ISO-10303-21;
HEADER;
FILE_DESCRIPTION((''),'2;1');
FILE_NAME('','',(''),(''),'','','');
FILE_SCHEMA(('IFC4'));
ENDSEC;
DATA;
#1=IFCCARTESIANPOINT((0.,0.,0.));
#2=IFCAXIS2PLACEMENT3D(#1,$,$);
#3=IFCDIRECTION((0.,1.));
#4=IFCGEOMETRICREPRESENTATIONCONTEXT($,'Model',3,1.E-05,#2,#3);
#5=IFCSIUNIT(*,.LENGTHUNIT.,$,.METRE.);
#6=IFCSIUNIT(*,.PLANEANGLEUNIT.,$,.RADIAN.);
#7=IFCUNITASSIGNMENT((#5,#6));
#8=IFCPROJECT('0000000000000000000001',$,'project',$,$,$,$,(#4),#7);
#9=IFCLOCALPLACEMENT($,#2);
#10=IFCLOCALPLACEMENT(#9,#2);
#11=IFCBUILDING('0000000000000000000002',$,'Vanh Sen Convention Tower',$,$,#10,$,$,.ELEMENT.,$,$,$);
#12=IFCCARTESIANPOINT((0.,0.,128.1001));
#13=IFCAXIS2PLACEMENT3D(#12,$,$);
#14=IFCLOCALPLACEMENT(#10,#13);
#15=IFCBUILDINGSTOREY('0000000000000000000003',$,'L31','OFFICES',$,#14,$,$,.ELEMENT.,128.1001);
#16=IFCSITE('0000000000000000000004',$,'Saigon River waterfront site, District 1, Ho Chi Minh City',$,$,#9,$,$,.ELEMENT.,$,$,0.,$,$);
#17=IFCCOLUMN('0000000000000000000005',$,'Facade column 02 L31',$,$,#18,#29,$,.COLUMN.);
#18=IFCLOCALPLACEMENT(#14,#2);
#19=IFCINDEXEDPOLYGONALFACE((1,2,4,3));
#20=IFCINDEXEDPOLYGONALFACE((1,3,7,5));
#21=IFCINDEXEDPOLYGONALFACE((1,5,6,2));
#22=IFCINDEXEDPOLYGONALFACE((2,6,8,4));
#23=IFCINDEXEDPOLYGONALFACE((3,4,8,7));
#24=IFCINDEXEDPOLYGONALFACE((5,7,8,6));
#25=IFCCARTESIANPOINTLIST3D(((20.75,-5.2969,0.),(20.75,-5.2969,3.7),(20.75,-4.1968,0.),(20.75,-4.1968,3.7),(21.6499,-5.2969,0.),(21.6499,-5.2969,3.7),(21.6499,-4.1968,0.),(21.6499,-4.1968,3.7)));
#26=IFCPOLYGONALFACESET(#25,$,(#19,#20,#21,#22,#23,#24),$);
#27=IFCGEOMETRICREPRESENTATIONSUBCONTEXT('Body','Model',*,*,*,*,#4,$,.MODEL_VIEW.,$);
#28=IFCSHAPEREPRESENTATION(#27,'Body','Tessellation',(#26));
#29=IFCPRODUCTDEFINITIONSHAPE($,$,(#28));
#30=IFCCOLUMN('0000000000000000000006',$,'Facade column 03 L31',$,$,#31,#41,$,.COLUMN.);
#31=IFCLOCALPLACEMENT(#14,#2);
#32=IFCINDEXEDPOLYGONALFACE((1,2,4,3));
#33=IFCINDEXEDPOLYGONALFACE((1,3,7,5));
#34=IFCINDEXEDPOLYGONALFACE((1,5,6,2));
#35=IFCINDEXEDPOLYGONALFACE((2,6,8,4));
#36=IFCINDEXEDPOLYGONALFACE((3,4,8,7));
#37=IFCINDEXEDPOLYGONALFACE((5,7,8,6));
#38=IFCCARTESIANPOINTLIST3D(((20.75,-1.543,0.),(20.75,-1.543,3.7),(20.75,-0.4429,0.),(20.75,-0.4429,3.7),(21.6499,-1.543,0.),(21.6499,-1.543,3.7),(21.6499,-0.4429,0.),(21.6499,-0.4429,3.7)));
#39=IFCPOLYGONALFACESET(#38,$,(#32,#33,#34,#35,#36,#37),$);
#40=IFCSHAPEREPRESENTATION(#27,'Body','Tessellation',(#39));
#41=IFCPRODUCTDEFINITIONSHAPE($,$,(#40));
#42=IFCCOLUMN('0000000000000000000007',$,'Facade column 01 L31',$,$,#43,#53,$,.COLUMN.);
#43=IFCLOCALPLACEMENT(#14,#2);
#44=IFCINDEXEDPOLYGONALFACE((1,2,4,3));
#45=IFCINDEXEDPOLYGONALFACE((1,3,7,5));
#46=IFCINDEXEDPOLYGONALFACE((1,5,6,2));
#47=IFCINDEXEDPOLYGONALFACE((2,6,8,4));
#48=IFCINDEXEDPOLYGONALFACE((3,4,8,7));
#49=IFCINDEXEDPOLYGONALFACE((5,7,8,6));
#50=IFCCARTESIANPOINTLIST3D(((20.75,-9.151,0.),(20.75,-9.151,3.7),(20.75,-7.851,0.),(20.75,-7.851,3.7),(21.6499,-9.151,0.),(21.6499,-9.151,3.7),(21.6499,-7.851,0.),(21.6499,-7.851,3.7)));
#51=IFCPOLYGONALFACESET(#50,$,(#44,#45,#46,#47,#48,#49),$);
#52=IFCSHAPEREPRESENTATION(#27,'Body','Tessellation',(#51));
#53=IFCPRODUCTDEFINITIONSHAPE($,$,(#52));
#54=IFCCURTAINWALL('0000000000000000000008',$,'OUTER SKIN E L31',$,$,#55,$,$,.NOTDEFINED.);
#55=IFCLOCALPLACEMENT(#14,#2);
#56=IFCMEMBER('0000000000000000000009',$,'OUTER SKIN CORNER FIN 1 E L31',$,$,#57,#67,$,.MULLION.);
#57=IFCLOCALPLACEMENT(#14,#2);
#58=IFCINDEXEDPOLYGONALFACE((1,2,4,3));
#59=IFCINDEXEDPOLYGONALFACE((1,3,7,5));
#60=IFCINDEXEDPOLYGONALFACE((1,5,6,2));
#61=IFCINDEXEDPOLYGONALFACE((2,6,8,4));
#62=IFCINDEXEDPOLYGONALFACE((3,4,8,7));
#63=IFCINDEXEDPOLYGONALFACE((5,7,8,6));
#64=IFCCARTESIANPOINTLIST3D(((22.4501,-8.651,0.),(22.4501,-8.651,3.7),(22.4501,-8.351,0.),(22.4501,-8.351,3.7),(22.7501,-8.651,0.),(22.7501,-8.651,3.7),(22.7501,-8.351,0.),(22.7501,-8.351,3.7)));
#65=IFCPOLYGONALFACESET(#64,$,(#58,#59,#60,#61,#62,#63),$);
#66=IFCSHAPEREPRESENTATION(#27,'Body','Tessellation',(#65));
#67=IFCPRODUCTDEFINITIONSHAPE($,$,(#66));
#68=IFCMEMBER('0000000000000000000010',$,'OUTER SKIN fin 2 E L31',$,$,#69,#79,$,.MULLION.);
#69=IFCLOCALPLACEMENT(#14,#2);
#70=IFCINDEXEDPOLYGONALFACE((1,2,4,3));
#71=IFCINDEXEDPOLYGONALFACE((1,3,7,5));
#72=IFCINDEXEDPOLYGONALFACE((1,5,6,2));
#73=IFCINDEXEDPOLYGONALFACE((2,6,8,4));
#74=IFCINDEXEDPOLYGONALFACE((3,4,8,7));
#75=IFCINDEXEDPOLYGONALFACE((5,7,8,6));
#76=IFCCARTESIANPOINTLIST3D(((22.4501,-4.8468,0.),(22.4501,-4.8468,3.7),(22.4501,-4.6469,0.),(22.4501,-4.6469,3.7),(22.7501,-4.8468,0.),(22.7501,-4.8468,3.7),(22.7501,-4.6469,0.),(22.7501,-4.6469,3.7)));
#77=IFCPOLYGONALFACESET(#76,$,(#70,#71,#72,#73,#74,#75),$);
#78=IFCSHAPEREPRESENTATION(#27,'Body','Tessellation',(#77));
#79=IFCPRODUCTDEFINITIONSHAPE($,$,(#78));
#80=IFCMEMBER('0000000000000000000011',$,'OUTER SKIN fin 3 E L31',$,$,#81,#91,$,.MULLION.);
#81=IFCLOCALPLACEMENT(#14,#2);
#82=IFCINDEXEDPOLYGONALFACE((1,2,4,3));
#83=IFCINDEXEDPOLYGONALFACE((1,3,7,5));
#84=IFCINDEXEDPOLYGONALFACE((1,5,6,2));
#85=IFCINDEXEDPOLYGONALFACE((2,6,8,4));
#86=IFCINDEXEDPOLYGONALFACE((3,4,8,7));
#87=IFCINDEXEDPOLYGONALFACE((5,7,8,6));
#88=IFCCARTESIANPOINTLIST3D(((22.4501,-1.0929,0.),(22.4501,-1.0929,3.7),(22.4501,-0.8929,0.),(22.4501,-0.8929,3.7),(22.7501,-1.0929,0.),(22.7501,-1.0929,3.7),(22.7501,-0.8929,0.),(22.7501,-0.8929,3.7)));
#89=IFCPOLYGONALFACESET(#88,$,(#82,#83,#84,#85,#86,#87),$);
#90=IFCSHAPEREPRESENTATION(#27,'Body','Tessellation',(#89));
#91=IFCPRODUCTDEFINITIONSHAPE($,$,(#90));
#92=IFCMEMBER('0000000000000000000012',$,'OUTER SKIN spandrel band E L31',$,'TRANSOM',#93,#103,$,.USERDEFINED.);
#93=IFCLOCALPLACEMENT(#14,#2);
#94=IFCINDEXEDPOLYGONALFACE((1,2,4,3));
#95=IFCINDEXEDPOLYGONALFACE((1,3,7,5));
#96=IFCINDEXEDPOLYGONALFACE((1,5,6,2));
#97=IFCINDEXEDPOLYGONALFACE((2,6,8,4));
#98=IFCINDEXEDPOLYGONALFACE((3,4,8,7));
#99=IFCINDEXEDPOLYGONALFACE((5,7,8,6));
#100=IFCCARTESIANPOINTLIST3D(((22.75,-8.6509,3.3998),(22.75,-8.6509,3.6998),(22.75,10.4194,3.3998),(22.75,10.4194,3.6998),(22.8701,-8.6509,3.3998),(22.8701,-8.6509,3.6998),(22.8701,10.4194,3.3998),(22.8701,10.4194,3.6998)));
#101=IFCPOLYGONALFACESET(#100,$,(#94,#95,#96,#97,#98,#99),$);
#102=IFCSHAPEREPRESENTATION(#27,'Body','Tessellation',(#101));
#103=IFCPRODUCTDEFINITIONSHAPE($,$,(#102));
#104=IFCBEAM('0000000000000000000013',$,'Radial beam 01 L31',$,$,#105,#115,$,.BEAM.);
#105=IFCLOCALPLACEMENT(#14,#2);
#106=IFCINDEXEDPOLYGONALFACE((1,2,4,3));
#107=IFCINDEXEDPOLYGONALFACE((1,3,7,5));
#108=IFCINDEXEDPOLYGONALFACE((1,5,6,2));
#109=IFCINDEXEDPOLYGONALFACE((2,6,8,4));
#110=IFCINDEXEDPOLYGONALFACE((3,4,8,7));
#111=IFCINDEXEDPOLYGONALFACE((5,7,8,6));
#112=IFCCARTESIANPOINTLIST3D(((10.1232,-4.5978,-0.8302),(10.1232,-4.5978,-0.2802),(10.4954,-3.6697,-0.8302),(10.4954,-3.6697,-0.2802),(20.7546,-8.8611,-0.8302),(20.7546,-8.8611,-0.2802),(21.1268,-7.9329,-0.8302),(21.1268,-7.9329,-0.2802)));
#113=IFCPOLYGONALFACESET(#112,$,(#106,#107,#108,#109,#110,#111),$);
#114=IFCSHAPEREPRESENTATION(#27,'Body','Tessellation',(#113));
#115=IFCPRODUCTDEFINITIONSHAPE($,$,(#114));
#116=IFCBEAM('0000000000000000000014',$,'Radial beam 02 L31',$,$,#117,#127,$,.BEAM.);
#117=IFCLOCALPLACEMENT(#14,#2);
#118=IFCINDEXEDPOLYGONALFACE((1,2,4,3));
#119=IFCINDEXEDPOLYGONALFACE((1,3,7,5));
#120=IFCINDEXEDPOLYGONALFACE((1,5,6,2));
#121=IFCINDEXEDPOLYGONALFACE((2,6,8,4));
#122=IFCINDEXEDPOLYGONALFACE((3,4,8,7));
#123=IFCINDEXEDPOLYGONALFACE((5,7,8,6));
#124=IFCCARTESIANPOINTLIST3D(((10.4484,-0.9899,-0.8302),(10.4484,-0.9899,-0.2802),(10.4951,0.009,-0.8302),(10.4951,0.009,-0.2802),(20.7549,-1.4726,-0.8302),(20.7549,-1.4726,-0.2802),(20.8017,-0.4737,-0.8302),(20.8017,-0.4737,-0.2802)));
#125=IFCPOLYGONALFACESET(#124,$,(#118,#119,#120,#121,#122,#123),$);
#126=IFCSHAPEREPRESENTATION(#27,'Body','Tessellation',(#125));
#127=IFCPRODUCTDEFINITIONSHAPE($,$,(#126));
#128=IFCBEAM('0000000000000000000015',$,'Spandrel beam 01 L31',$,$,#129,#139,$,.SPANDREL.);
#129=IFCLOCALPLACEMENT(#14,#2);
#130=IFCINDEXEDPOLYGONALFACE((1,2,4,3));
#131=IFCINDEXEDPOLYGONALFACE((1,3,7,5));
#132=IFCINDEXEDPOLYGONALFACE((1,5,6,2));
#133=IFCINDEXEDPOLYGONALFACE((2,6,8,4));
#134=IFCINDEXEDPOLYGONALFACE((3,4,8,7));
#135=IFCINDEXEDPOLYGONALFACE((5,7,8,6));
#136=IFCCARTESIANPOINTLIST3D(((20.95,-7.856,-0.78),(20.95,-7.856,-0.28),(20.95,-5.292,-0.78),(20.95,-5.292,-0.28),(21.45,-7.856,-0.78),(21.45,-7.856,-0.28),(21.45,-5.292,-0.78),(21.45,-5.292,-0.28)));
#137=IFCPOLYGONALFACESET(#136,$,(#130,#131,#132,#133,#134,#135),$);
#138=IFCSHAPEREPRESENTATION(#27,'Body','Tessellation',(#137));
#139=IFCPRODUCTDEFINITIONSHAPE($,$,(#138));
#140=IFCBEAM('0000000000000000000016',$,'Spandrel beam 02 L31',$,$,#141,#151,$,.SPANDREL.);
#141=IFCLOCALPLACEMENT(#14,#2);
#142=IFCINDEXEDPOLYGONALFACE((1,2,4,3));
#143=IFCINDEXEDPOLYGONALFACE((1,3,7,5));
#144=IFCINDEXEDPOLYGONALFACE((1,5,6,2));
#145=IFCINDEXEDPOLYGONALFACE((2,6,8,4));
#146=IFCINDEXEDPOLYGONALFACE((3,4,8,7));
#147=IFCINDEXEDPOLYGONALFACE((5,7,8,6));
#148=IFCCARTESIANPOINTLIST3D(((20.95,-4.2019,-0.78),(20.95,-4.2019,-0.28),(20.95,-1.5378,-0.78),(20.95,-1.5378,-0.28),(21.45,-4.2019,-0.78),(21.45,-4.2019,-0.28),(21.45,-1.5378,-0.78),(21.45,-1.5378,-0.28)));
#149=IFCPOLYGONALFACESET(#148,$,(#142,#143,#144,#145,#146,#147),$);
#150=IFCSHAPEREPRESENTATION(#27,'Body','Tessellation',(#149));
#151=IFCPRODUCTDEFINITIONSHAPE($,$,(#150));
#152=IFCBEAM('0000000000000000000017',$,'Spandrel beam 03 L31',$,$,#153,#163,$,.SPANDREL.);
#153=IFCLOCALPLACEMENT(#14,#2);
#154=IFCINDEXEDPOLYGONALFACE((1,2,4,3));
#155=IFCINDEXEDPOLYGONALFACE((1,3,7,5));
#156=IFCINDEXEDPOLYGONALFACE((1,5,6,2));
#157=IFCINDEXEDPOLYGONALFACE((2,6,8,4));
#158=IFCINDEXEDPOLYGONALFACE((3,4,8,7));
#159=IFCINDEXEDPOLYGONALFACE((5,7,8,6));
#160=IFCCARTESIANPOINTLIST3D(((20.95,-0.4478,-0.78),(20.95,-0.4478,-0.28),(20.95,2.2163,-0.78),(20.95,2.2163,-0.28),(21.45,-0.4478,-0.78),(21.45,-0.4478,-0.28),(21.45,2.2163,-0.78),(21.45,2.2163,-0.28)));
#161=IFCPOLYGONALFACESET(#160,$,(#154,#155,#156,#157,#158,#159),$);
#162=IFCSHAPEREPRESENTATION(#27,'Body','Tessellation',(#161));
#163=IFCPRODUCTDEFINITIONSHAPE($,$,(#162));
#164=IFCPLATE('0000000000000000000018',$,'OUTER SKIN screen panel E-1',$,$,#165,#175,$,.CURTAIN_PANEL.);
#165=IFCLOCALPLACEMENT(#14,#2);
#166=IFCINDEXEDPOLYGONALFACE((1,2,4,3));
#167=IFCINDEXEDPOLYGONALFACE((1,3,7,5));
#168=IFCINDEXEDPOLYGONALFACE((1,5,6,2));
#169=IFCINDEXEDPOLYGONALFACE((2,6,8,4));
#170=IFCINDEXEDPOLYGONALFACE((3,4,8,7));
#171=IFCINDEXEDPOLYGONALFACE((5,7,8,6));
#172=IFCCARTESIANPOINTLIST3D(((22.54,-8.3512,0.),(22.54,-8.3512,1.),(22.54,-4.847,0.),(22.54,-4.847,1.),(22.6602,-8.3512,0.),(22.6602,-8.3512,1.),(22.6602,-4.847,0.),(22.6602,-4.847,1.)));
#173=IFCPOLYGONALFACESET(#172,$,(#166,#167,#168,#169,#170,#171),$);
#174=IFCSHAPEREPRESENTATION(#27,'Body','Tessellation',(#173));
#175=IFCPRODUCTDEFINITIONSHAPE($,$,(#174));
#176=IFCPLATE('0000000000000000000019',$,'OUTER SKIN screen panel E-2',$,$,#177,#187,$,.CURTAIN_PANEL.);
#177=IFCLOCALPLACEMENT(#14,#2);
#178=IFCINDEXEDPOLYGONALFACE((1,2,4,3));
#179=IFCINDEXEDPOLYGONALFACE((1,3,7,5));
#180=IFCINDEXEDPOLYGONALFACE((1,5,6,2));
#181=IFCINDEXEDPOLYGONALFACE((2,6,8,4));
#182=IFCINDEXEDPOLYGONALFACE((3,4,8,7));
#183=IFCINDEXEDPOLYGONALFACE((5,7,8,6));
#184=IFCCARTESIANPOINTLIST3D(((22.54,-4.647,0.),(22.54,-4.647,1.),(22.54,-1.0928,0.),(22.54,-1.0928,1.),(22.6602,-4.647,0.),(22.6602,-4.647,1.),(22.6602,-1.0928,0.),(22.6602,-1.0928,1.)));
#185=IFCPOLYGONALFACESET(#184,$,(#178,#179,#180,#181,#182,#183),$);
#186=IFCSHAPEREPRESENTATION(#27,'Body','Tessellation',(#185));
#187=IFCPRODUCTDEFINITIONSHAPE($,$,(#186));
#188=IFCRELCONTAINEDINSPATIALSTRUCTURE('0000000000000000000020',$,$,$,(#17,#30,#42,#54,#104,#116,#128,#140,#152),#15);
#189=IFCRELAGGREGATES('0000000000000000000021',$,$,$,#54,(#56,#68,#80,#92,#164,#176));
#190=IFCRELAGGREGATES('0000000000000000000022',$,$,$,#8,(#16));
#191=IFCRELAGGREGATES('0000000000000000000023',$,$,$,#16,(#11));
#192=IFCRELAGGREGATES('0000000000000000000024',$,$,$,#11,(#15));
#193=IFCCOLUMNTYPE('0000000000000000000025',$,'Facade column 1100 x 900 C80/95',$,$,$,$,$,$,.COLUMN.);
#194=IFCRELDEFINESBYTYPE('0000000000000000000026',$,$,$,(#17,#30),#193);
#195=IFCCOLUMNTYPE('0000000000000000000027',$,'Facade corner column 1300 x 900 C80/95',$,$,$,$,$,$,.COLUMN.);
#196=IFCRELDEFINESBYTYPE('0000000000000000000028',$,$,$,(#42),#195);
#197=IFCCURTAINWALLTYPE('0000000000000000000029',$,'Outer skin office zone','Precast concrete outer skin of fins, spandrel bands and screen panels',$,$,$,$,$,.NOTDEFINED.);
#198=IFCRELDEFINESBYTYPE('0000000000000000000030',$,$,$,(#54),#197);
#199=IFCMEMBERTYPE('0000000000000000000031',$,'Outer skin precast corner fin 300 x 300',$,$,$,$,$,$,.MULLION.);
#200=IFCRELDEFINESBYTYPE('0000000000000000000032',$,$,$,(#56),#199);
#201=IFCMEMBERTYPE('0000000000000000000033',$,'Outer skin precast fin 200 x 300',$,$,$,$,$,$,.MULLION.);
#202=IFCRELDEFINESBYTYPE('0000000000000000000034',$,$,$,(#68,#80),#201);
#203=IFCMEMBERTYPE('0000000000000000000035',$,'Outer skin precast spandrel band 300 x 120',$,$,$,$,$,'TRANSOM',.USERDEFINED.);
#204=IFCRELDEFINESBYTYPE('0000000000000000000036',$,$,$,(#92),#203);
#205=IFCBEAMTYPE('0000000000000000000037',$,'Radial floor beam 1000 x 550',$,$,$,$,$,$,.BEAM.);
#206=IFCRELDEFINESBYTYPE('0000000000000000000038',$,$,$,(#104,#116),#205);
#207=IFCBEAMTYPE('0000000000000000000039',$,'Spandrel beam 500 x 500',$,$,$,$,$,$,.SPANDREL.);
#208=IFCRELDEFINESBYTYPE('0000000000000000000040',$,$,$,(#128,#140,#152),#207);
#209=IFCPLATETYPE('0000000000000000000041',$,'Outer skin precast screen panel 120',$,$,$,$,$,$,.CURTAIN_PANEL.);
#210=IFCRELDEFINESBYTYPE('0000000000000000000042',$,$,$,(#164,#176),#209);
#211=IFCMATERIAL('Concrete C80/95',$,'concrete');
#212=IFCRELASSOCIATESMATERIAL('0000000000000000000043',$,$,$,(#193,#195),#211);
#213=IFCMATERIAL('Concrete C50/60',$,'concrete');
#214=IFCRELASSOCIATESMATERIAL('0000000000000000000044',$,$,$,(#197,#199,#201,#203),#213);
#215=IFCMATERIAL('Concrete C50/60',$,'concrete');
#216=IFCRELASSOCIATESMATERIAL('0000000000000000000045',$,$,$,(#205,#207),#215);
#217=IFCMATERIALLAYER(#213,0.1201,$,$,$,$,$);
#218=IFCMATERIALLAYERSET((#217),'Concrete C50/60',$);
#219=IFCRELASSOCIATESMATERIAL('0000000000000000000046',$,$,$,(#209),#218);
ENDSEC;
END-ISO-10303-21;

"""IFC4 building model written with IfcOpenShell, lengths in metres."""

from ifc_helpers import new_model, si_unit, direction, frame, origin, origin_2d, place, context, subcontext, project, spatial, rectangle, extrude, material, layer, layer_set, material_profile, profile_set, type_object, element, aggregate, save


model = new_model("IFC4")

# Units and contexts
model_context = context("Model", 3, precision=1e-05, world=origin(), true_north=direction((0.0, 1.0)))
body_context = subcontext(model_context, "Body", "Model", "MODEL_VIEW")
ifc_project = project(units=[si_unit("LENGTHUNIT", "METRE"), si_unit("PLANEANGLEUNIT", "RADIAN")], contexts=[model_context])

# Site, building, storey
site_placement = place(None, origin())
site = spatial("IfcSite", under=ifc_project, at=site_placement, Name="Saigon River waterfront site, District 1, Ho Chi Minh City", CompositionType="ELEMENT", RefElevation=0.0)
building_placement = place(site_placement, origin())
building = spatial("IfcBuilding", under=site, at=building_placement, Name="Vanh Sen Convention Tower", CompositionType="ELEMENT")
storey_placement = place(building_placement, frame((0.0, 0.0, 128.1001)))
storey = spatial("IfcBuildingStorey", under=building, at=storey_placement, Name="L31", Description="OFFICES", CompositionType="ELEMENT", Elevation=128.1001)

# Columns
ifc_material_1 = material(Name="Concrete C80/95", Category="concrete")
ifc_material_profile_1 = material_profile(ifc_material_1, rectangle(XDim=1.1001, YDim=0.8999, at=origin_2d()), Name="RC 1100X900")
ifc_profile_set_1 = profile_set([ifc_material_profile_1], Name="Concrete C80/95")
column_type_1 = type_object("IfcColumnType", Name="Facade column 1100 x 900 C80/95", PredefinedType="COLUMN", material=ifc_profile_set_1)
for number, where, z_axis, x_axis, name in (
    (1, (21.2, -4.7468, 0.0), (0.0, 0.0, 1.0), (0.0, 1.0, 0.0), "Facade column 02 L31"),
    (2, (21.2, -0.9929, 0.0), (0.0, 0.0, 1.0), (0.0, 1.0, 0.0), "Facade column 03 L31"),
):
    element("IfcColumn", number, at=place(storey_placement, frame(where, z_axis=z_axis, x_axis=x_axis)), inside=storey, type_object=column_type_1, Name=name, PredefinedType="COLUMN", context=body_context, shape_type="SweptSolid", body=[
        extrude(rectangle(XDim=1.1001, YDim=0.8999, at=origin_2d()), origin(), (0.0, 0.0, 1.0), 3.7),
    ])
ifc_material_profile_2 = material_profile(ifc_material_1, rectangle(XDim=1.3, YDim=0.8999, at=origin_2d()), Name="RC 1300X900")
ifc_profile_set_2 = profile_set([ifc_material_profile_2], Name="Concrete C80/95")
column_type_2 = type_object("IfcColumnType", Name="Facade corner column 1300 x 900 C80/95", PredefinedType="COLUMN", material=ifc_profile_set_2)
column_placement = place(storey_placement, frame((21.2, -8.501, 0.0), z_axis=(0.0, 0.0, 1.0), x_axis=(0.0, 1.0, 0.0)))
element("IfcColumn", 3, at=column_placement, inside=storey, type_object=column_type_2, Name="Facade column 01 L31", PredefinedType="COLUMN", context=body_context, shape_type="SweptSolid", body=[
    extrude(rectangle(XDim=1.3, YDim=0.8999, at=origin_2d()), origin(), (0.0, 0.0, 1.0), 3.7),
])

# Curtain wall, members
ifc_material_2 = material(Name="Concrete C50/60", Category="concrete")
curtain_wall_type = type_object("IfcCurtainWallType", Name="Outer skin office zone", Description="Precast concrete outer skin of fins, spandrel bands and screen panels", PredefinedType="NOTDEFINED", material=ifc_material_2)
curtain_wall_placement = place(storey_placement, origin())
curtain_wall = element("IfcCurtainWall", 4, at=curtain_wall_placement, inside=storey, type_object=curtain_wall_type, Name="OUTER SKIN E L31", PredefinedType="NOTDEFINED")
ifc_material_profile_3 = material_profile(ifc_material_2, rectangle(XDim=0.3, YDim=0.3, at=origin_2d()), Name="Outer skin precast corner fin 300 x 300")
ifc_profile_set_3 = profile_set([ifc_material_profile_3], Name="Concrete C50/60")
member_type_1 = type_object("IfcMemberType", Name="Outer skin precast corner fin 300 x 300", PredefinedType="MULLION", material=ifc_profile_set_3)
member_1_placement = place(storey_placement, frame((22.6001, -8.501, 0.0), z_axis=(0.0, 0.0, 1.0), x_axis=(0.0, 1.0, 0.0)))
member_1 = element("IfcMember", 5, at=member_1_placement, type_object=member_type_1, Name="OUTER SKIN CORNER FIN 1 E L31", PredefinedType="MULLION", context=body_context, shape_type="SweptSolid", body=[
    extrude(rectangle(XDim=0.3, YDim=0.3, at=origin_2d()), origin(), (0.0, 0.0, 1.0), 3.7),
])
ifc_material_profile_4 = material_profile(ifc_material_2, rectangle(XDim=0.2, YDim=0.3, at=origin_2d()), Name="Outer skin precast fin 200 x 300")
ifc_profile_set_4 = profile_set([ifc_material_profile_4], Name="Concrete C50/60")
member_type_2 = type_object("IfcMemberType", Name="Outer skin precast fin 200 x 300", PredefinedType="MULLION", material=ifc_profile_set_4)
member_2_placement = place(storey_placement, frame((22.6001, -4.7468, 0.0), z_axis=(0.0, 0.0, 1.0), x_axis=(0.0, 1.0, 0.0)))
member_2 = element("IfcMember", 6, at=member_2_placement, type_object=member_type_2, Name="OUTER SKIN fin 2 E L31", PredefinedType="MULLION", context=body_context, shape_type="SweptSolid", body=[
    extrude(rectangle(XDim=0.2, YDim=0.3, at=origin_2d()), origin(), (0.0, 0.0, 1.0), 3.7),
])
member_3_placement = place(storey_placement, frame((22.6001, -0.9929, 0.0), z_axis=(0.0, 0.0, 1.0), x_axis=(0.0, 1.0, 0.0)))
member_3 = element("IfcMember", 7, at=member_3_placement, type_object=member_type_2, Name="OUTER SKIN fin 3 E L31", PredefinedType="MULLION", context=body_context, shape_type="SweptSolid", body=[
    extrude(rectangle(XDim=0.2, YDim=0.3, at=origin_2d()), origin(), (0.0, 0.0, 1.0), 3.7),
])
ifc_material_profile_5 = material_profile(ifc_material_2, rectangle(XDim=0.1201, YDim=0.3, at=origin_2d()), Name="Outer skin precast spandrel band 300 x 120")
ifc_profile_set_5 = profile_set([ifc_material_profile_5], Name="Concrete C50/60")
member_type_3 = type_object("IfcMemberType", Name="Outer skin precast spandrel band 300 x 120", ElementType="TRANSOM", PredefinedType="USERDEFINED", material=ifc_profile_set_5)
member_4_placement = place(storey_placement, frame((22.8101, -8.6509, 3.5498), z_axis=(0.0, 1.0, 0.0), x_axis=(-1.0, 0.0, 0.0)))
member_4 = element("IfcMember", 8, at=member_4_placement, type_object=member_type_3, Name="OUTER SKIN spandrel band E L31", ObjectType="TRANSOM", PredefinedType="USERDEFINED", context=body_context, shape_type="SweptSolid", body=[
    extrude(rectangle(XDim=0.1201, YDim=0.3, at=origin_2d()), origin(), (0.0, 0.0, 1.0), 19.0703),
])

# Beams
ifc_material_3 = material(Name="Concrete C50/60", Category="concrete")
ifc_material_profile_6 = material_profile(ifc_material_3, rectangle(XDim=1.0, YDim=0.55, at=origin_2d()), Name="RC 1000X550")
ifc_profile_set_6 = profile_set([ifc_material_profile_6], Name="Concrete C50/60")
beam_type_1 = type_object("IfcBeamType", Name="Radial floor beam 1000 x 550", PredefinedType="BEAM", material=ifc_profile_set_6)
beam_1_placement = place(storey_placement, frame((20.9407, -8.397, -0.5552), z_axis=(-0.928156, 0.372192, 0.0), x_axis=(-0.372192, -0.928156, 0.0)))
element("IfcBeam", 9, at=beam_1_placement, inside=storey, type_object=beam_type_1, Name="Radial beam 01 L31", PredefinedType="BEAM", context=body_context, shape_type="SweptSolid", body=[
    extrude(rectangle(XDim=1.0, YDim=0.55, at=origin_2d()), origin(), (0.0, 0.0, 1.0), 11.4543),
])
beam_2_placement = place(storey_placement, frame((20.7783, -0.9731, -0.5552), z_axis=(-0.998905, 0.046779, 0.0), x_axis=(-0.046779, -0.998905, 0.0)))
element("IfcBeam", 10, at=beam_2_placement, inside=storey, type_object=beam_type_1, Name="Radial beam 02 L31", PredefinedType="BEAM", context=body_context, shape_type="SweptSolid", body=[
    extrude(rectangle(XDim=1.0, YDim=0.55, at=origin_2d()), origin(), (0.0, 0.0, 1.0), 10.3179),
])
ifc_material_profile_7 = material_profile(ifc_material_3, rectangle(XDim=0.5, YDim=0.5, at=origin_2d()), Name="RC 500X500")
ifc_profile_set_7 = profile_set([ifc_material_profile_7], Name="Concrete C50/60")
beam_type_2 = type_object("IfcBeamType", Name="Spandrel beam 500 x 500", PredefinedType="SPANDREL", material=ifc_profile_set_7)
beam_3_placement = place(storey_placement, frame((21.2, -7.856, -0.53), z_axis=(0.0, 1.0, 0.0), x_axis=(-1.0, 0.0, 0.0)))
element("IfcBeam", 11, at=beam_3_placement, inside=storey, type_object=beam_type_2, Name="Spandrel beam 01 L31", PredefinedType="SPANDREL", context=body_context, shape_type="SweptSolid", body=[
    extrude(rectangle(XDim=0.5, YDim=0.5, at=origin_2d()), origin(), (0.0, 0.0, 1.0), 2.564),
])
for number, where, z_axis, x_axis, name in (
    (12, (21.2, -4.2019, -0.53), (0.0, 1.0, 0.0), (-1.0, 0.0, 0.0), "Spandrel beam 02 L31"),
    (13, (21.2, -0.4478, -0.53), (0.0, 1.0, 0.0), (-1.0, 0.0, 0.0), "Spandrel beam 03 L31"),
):
    element("IfcBeam", number, at=place(storey_placement, frame(where, z_axis=z_axis, x_axis=x_axis)), inside=storey, type_object=beam_type_2, Name=name, PredefinedType="SPANDREL", context=body_context, shape_type="SweptSolid", body=[
        extrude(rectangle(XDim=0.5, YDim=0.5, at=origin_2d()), origin(), (0.0, 0.0, 1.0), 2.6641),
    ])

# Plates
ifc_layer_1 = layer(ifc_material_2, 0.1201)
ifc_layer_set_1 = layer_set([ifc_layer_1], Name="Concrete C50/60")
plate_type = type_object("IfcPlateType", Name="Outer skin precast screen panel 120", PredefinedType="CURTAIN_PANEL", material=ifc_layer_set_1)
plate_1_placement = place(storey_placement, frame((22.6001, -6.5991, 0.0), z_axis=(0.0, 0.0, 1.0), x_axis=(0.0, 1.0, 0.0)))
plate_1 = element("IfcPlate", 14, at=plate_1_placement, type_object=plate_type, Name="OUTER SKIN screen panel E-1", PredefinedType="CURTAIN_PANEL", context=body_context, shape_type="SweptSolid", body=[
    extrude(rectangle(XDim=3.5042, YDim=0.1201, at=origin_2d()), origin(), (0.0, 0.0, 1.0), 1.0),
])
plate_2_placement = place(storey_placement, frame((22.6001, -2.8699, 0.0), z_axis=(0.0, 0.0, 1.0), x_axis=(0.0, 1.0, 0.0)))
plate_2 = element("IfcPlate", 15, at=plate_2_placement, type_object=plate_type, Name="OUTER SKIN screen panel E-2", PredefinedType="CURTAIN_PANEL", context=body_context, shape_type="SweptSolid", body=[
    extrude(rectangle(XDim=3.5542, YDim=0.1201, at=origin_2d()), origin(), (0.0, 0.0, 1.0), 1.0),
])
aggregate(curtain_wall, [member_1, member_2, member_3, member_4, plate_1, plate_2])

save(model, "model.ifc")
